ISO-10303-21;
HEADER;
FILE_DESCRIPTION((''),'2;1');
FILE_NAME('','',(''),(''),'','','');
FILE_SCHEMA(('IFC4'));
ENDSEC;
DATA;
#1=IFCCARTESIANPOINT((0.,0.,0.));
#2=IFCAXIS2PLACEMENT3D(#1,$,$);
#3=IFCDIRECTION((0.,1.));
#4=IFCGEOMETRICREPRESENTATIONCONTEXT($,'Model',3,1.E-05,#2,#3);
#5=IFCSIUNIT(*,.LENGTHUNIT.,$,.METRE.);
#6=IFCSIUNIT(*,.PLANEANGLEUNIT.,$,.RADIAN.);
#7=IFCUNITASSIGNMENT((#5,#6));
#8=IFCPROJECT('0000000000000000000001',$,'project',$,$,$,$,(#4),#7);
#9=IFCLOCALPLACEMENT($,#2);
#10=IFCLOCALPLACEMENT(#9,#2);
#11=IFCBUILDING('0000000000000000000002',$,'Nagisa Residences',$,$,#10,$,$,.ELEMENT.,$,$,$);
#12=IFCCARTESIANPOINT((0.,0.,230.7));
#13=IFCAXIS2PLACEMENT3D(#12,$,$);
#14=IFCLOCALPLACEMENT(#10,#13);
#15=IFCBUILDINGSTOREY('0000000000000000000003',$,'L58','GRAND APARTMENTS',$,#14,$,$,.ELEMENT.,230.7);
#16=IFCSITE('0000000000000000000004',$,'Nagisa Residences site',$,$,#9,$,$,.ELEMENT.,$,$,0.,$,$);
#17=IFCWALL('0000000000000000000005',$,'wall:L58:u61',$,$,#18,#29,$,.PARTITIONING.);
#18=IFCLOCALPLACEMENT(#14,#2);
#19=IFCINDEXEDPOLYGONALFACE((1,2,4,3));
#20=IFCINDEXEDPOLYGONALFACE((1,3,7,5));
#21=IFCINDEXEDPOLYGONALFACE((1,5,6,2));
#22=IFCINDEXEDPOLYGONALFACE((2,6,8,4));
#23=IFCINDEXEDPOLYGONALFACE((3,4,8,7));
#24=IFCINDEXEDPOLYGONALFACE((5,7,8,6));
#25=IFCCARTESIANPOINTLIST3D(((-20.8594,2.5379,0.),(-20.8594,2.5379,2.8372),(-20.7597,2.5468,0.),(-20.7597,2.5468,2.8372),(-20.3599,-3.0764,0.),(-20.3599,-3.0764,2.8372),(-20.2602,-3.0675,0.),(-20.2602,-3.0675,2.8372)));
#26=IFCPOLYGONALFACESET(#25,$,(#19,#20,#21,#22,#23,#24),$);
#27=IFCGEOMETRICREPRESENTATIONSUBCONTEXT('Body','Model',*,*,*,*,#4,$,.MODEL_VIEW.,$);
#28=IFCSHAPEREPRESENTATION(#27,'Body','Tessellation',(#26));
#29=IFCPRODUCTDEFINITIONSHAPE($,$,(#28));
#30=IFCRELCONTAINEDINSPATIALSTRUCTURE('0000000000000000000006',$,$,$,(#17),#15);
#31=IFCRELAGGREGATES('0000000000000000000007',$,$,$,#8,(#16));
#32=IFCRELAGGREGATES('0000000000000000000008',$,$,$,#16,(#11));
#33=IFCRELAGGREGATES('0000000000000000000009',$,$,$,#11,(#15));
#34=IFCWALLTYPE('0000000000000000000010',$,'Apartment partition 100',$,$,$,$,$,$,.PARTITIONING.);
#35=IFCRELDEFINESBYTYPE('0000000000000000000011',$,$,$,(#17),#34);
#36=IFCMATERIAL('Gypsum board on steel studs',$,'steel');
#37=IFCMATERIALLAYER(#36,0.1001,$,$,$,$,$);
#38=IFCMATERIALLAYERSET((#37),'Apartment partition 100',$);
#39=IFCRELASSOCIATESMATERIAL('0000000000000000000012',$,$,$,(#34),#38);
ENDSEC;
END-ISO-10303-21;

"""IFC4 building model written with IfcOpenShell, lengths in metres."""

from ifc_helpers import new_model, si_unit, direction, frame, frame_2d, origin, place, context, subcontext, project, spatial, rectangle, extrude, material, layer, layer_set, type_object, element, save


model = new_model("IFC4")

# Units and contexts
model_context = context("Model", 3, precision=1e-05, world=origin(), true_north=direction((0.0, 1.0)))
body_context = subcontext(model_context, "Body", "Model", "MODEL_VIEW")
ifc_project = project(units=[si_unit("LENGTHUNIT", "METRE"), si_unit("PLANEANGLEUNIT", "RADIAN")], contexts=[model_context])

# Site, building, storey
site_placement = place(None, origin())
site = spatial("IfcSite", under=ifc_project, at=site_placement, Name="Nagisa Residences site", CompositionType="ELEMENT", RefElevation=0.0)
building_placement = place(site_placement, origin())
building = spatial("IfcBuilding", under=site, at=building_placement, Name="Nagisa Residences", CompositionType="ELEMENT")
storey_placement = place(building_placement, frame((0.0, 0.0, 230.7)))
storey = spatial("IfcBuildingStorey", under=building, at=storey_placement, Name="L58", Description="GRAND APARTMENTS", CompositionType="ELEMENT", Elevation=230.7)

# Shared definitions
ifc_material_1 = material(Name="Gypsum board on steel studs", Category="steel")
ifc_layer_1 = layer(ifc_material_1, 0.1001)
ifc_layer_set_1 = layer_set([ifc_layer_1], Name="Apartment partition 100")
wall_type_1 = type_object("IfcWallType", Name="Apartment partition 100", PredefinedType="PARTITIONING", material=ifc_layer_set_1)

# Wall
wall_1_placement = place(storey_placement, frame((-20.8096, 2.5425, 0.0), z_axis=(0.0, 0.0, 1.0), x_axis=(0.088622, -0.996065, 0.0)))
element("IfcWall", 1, at=wall_1_placement, inside=storey, type_object=wall_type_1, Name="wall:L58:u61", PredefinedType="PARTITIONING", context=body_context, shape_type="SweptSolid", body=[
    extrude(rectangle(XDim=5.6365, YDim=0.1001, at=frame_2d((2.8184, 0.0))), origin(), (0.0, 0.0, 1.0), 2.8372),
])

save(model, "model.ifc")
